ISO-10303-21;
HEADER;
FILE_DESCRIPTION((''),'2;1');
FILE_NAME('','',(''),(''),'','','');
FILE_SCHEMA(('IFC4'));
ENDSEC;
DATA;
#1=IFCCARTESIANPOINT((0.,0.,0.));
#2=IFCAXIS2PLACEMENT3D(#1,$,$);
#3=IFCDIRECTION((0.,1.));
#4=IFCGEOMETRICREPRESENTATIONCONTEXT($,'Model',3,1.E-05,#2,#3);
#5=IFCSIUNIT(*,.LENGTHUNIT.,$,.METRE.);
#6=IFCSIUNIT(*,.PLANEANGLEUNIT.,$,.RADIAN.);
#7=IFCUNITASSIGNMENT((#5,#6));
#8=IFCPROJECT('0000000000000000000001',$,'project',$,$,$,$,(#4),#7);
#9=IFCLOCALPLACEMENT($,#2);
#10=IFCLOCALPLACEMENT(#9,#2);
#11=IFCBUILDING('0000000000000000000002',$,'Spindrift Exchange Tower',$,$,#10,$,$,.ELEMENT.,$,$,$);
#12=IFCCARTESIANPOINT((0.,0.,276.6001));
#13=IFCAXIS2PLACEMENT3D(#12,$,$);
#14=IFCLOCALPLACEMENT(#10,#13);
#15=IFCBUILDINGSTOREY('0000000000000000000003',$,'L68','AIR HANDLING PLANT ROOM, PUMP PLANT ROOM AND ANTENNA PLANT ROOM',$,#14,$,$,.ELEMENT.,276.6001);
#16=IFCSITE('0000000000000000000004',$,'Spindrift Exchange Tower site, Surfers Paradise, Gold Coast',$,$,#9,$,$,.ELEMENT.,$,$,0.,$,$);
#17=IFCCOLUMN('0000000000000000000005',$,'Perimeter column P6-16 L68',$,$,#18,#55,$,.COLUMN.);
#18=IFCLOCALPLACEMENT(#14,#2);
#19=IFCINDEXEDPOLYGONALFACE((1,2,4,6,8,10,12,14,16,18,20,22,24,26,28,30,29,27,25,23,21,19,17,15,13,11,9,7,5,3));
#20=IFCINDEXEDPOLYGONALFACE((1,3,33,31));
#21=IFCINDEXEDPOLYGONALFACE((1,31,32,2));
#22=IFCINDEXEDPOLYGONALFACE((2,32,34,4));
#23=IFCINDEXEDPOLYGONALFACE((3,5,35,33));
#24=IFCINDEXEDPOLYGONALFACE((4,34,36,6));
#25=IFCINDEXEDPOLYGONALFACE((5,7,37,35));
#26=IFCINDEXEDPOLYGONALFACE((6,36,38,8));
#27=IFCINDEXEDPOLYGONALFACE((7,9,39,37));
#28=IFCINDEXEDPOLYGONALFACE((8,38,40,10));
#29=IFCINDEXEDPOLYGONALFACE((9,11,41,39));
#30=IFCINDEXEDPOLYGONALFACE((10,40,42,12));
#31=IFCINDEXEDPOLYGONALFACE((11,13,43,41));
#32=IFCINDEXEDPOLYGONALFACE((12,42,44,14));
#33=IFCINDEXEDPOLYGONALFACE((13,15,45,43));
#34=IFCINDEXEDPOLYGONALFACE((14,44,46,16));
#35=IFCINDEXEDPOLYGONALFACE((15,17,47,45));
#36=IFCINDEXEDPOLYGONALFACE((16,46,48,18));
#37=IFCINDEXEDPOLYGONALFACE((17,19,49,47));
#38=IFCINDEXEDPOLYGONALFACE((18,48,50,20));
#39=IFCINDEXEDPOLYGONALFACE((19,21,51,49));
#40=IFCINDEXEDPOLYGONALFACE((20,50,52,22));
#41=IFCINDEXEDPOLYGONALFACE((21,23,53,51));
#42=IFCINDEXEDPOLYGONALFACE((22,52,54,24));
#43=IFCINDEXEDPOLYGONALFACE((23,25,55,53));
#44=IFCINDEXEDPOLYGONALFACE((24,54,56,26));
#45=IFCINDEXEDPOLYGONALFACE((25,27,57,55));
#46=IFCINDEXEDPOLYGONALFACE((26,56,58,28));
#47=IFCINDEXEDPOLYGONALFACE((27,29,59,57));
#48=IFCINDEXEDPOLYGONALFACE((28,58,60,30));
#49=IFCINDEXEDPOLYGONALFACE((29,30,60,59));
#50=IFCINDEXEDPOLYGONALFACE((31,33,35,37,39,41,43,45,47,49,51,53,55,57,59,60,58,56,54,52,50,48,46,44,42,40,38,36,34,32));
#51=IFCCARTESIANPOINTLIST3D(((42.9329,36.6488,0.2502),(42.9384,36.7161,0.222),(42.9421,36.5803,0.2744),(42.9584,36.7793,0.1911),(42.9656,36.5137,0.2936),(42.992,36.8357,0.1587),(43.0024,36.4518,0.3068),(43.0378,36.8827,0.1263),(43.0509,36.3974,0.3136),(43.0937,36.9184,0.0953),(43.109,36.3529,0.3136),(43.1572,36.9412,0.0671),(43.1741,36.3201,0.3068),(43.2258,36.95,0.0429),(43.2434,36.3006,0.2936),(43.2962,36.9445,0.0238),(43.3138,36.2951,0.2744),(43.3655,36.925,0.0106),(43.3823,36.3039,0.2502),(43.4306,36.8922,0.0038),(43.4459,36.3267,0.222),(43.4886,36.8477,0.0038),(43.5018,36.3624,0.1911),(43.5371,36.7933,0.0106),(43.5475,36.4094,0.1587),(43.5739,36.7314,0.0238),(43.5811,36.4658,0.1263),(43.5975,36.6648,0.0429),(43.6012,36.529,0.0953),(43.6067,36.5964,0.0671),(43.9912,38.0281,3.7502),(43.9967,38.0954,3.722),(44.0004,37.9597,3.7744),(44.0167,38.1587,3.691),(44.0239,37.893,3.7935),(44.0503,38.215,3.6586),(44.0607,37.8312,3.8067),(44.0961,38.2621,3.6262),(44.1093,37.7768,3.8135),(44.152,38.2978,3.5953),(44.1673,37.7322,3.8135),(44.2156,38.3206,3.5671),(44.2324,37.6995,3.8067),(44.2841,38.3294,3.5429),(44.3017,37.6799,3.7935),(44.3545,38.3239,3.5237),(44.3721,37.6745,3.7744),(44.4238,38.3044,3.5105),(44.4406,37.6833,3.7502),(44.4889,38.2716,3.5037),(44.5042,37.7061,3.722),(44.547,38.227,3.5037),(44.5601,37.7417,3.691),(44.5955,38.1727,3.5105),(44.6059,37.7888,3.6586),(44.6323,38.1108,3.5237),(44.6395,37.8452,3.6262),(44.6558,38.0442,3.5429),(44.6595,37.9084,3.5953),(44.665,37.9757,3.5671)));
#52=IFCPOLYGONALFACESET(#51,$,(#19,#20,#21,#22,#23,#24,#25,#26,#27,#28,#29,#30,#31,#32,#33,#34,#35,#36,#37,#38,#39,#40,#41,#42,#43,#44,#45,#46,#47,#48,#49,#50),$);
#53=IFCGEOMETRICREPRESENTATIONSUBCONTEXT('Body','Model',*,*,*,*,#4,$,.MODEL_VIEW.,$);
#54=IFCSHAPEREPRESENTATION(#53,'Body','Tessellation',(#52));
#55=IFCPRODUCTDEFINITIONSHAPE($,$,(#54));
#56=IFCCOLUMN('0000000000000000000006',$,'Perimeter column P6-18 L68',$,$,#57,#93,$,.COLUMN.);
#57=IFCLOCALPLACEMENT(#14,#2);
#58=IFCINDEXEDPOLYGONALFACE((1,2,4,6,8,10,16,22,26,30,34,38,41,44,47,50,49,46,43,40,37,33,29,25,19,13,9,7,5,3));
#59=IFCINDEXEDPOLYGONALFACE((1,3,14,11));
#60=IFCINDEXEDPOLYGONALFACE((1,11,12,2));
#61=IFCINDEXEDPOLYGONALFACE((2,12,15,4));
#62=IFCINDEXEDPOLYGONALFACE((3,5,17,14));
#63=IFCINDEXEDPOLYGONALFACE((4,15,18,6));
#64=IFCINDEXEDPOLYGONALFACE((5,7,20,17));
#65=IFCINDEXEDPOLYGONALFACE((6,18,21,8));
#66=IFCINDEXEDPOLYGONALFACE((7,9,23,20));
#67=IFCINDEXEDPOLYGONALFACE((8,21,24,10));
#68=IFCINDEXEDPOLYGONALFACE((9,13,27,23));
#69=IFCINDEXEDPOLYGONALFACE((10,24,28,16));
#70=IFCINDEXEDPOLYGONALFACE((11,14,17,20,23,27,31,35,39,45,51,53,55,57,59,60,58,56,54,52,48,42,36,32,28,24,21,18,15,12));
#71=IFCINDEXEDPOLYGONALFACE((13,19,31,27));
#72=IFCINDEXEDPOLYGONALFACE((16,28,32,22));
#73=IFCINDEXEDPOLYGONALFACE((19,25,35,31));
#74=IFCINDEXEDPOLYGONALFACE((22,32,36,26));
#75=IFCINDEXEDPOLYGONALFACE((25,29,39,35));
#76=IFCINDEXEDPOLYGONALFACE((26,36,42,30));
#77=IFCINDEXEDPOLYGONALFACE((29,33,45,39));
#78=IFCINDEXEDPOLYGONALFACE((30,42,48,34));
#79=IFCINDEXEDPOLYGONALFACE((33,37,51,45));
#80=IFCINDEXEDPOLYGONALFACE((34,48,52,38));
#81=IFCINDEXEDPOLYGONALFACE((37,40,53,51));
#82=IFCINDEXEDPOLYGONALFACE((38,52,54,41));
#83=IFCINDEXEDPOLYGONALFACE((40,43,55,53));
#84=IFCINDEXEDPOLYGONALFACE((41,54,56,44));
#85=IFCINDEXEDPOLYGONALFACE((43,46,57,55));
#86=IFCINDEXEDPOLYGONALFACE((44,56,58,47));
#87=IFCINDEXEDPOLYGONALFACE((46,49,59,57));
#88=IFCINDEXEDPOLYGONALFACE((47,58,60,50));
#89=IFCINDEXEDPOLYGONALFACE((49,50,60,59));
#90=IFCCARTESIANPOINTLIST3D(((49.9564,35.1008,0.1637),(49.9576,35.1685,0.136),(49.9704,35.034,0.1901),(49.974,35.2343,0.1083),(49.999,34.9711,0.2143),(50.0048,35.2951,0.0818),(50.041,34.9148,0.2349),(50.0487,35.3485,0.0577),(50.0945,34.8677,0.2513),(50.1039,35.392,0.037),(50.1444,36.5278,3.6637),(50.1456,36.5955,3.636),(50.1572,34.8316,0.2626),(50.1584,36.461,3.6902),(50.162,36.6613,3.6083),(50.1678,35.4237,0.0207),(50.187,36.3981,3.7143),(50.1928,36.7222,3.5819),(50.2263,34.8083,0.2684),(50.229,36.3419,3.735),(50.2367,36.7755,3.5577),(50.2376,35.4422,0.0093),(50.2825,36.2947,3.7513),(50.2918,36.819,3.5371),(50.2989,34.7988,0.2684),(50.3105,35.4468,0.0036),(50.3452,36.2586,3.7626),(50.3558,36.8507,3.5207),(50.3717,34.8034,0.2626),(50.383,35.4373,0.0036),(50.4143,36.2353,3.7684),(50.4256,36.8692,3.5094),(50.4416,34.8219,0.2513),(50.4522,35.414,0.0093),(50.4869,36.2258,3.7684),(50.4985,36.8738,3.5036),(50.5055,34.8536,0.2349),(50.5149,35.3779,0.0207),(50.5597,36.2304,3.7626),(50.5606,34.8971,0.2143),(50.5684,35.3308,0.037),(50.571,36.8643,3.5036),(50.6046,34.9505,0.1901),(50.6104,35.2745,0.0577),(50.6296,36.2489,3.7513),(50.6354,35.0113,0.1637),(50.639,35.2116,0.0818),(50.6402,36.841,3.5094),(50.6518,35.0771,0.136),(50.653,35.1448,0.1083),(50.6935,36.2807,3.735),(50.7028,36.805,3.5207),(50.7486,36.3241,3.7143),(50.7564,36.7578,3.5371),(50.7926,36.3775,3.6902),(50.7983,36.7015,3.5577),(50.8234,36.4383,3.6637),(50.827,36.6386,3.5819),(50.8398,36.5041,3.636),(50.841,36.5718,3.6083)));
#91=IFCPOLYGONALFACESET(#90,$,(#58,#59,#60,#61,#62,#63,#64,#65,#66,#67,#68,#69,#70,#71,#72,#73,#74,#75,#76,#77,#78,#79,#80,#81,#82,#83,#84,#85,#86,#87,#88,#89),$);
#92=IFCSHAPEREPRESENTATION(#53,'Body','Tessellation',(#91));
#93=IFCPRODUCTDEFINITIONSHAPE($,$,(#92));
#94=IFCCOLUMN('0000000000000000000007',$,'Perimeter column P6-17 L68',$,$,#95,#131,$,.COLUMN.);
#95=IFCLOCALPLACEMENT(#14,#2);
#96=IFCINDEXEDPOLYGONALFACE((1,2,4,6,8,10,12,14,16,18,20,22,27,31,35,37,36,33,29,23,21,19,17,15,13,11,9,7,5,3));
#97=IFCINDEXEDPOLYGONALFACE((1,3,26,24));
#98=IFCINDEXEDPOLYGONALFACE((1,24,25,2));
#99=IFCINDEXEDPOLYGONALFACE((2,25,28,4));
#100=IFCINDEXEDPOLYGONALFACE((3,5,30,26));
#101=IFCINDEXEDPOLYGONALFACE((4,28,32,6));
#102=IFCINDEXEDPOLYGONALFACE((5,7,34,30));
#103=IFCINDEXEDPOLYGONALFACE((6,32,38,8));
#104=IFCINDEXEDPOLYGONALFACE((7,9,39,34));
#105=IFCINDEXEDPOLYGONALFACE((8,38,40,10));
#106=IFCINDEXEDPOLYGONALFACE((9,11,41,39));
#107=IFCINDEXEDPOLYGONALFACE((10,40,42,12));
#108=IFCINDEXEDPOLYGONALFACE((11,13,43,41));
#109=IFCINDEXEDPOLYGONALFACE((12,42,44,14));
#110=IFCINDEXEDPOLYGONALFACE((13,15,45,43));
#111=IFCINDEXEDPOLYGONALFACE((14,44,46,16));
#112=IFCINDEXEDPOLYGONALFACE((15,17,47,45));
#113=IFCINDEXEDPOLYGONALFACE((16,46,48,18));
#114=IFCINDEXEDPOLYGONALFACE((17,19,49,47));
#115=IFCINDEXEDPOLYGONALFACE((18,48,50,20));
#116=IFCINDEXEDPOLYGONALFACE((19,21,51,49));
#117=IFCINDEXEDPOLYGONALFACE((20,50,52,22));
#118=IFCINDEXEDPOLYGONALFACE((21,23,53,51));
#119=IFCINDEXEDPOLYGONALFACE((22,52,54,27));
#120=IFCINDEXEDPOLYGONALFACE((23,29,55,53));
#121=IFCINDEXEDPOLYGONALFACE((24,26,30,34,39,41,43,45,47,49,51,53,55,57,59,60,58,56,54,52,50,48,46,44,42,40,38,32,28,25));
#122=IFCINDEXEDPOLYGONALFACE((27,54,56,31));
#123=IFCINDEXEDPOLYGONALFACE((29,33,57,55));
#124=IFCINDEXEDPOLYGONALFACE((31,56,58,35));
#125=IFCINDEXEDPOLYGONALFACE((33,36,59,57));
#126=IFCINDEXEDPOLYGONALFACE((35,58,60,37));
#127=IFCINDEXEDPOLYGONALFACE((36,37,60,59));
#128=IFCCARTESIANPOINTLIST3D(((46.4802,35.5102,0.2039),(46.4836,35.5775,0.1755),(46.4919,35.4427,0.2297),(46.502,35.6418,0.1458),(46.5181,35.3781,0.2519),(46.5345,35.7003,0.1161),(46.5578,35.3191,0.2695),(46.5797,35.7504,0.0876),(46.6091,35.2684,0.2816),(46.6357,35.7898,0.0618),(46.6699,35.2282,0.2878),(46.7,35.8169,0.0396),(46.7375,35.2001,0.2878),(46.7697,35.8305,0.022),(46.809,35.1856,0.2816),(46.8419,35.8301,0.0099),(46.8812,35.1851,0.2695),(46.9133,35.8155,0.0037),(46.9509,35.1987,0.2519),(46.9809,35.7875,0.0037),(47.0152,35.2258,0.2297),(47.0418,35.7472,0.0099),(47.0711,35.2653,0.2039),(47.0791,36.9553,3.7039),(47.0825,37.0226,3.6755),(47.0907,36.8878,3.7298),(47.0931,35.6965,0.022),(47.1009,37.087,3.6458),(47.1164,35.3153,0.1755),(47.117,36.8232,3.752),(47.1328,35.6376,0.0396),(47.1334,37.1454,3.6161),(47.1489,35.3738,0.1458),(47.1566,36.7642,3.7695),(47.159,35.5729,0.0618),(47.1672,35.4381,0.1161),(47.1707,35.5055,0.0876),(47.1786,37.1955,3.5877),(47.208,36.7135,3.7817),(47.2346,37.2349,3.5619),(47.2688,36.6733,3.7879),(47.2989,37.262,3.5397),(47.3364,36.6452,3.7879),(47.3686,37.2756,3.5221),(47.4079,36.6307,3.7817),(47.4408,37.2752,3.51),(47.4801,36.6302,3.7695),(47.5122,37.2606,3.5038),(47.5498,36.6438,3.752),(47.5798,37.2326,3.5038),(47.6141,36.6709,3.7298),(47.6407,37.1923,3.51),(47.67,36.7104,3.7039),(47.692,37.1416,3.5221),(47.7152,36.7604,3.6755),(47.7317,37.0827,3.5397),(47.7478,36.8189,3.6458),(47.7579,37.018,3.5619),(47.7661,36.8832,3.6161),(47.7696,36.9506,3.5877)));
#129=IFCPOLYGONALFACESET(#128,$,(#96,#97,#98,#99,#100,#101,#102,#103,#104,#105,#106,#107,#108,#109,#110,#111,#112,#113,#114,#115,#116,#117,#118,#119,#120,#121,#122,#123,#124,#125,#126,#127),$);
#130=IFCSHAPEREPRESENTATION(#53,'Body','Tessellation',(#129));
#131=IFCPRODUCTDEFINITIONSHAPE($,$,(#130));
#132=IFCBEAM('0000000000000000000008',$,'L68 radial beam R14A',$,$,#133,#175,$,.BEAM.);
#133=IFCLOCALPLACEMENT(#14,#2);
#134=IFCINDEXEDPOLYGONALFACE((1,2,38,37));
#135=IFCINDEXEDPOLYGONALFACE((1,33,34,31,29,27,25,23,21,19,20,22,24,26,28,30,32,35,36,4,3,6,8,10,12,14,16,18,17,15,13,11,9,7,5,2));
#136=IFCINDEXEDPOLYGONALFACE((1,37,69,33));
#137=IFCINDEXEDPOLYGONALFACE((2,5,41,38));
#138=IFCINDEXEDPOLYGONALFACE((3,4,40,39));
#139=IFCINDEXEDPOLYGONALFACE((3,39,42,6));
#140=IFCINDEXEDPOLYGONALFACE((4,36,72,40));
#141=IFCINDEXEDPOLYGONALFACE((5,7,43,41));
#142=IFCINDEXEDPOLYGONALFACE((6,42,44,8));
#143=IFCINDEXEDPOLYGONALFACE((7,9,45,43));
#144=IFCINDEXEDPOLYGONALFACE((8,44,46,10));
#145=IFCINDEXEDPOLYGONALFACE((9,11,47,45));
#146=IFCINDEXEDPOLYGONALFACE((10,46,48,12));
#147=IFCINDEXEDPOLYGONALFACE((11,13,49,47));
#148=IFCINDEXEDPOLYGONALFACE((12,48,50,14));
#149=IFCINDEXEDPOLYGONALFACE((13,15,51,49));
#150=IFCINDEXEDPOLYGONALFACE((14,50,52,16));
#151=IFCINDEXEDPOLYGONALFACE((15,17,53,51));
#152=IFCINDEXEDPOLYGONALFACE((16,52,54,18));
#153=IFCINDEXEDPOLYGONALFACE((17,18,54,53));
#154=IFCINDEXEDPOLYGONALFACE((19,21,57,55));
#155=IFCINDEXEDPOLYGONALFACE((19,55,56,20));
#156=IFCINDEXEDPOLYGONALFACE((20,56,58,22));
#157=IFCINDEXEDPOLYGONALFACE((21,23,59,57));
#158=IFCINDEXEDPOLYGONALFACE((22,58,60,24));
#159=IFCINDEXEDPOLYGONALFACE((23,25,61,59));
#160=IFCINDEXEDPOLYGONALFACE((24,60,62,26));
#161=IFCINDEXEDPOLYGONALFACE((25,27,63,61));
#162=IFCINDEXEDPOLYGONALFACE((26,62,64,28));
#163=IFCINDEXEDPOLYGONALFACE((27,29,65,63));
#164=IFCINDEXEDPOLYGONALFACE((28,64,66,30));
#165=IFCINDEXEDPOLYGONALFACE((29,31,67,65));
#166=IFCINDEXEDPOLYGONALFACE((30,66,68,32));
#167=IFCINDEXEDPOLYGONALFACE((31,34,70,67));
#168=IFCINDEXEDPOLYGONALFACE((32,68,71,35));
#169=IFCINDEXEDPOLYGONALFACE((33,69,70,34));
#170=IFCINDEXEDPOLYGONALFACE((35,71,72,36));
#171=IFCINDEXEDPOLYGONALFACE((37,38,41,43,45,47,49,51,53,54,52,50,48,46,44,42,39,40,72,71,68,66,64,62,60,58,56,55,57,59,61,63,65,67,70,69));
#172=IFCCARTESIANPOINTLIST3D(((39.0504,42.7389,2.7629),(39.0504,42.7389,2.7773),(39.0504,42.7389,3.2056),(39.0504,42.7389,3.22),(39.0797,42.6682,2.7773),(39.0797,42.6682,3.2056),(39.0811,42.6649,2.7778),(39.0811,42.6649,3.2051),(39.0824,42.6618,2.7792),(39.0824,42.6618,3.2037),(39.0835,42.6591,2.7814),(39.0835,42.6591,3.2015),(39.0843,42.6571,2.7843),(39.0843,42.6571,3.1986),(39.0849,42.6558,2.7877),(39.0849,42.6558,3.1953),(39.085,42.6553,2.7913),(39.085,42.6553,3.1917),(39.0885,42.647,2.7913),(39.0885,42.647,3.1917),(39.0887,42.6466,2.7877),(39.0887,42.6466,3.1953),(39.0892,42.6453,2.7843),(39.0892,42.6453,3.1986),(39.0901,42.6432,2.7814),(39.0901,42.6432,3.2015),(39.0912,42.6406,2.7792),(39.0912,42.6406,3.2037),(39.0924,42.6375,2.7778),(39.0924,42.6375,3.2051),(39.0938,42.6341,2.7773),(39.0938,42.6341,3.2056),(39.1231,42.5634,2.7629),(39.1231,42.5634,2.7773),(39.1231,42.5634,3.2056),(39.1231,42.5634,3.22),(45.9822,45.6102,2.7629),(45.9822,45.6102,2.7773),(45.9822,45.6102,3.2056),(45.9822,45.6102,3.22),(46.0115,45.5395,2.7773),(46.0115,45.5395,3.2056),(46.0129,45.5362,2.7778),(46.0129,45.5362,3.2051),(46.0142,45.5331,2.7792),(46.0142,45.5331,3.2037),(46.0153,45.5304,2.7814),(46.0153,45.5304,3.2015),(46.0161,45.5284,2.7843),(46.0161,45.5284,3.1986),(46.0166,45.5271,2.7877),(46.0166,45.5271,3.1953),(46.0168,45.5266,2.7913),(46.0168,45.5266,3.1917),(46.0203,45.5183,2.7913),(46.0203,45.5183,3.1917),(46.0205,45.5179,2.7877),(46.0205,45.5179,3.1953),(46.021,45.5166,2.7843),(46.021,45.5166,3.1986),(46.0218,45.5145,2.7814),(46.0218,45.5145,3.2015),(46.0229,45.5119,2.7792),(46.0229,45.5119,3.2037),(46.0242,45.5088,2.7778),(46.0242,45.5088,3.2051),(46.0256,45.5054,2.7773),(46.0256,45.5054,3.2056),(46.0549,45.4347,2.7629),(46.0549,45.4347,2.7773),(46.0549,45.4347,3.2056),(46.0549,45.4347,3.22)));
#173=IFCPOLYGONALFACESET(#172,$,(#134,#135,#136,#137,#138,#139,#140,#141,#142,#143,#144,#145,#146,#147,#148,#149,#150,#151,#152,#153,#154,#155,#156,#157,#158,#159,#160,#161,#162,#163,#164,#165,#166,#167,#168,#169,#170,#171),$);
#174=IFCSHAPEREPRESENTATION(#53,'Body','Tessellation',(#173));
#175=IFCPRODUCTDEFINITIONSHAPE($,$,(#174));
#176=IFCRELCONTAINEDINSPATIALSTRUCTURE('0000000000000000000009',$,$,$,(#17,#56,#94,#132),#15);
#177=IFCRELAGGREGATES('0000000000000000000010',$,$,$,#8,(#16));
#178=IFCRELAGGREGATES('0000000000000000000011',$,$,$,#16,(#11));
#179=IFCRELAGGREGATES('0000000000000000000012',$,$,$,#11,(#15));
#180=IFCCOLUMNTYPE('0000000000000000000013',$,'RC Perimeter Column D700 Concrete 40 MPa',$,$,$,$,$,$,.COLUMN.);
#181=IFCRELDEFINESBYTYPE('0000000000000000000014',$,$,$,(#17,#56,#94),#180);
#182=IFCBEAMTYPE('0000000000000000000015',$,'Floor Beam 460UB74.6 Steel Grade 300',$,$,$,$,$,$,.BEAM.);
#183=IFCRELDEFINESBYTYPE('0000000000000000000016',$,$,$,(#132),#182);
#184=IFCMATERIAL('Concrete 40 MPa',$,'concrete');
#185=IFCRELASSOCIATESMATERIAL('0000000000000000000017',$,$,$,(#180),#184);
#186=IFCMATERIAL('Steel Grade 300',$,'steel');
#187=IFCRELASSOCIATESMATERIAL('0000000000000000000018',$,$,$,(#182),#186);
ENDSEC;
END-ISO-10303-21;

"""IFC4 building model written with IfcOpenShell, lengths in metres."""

from ifc_helpers import new_model, si_unit, direction, frame, origin, origin_2d, place, context, subcontext, project, spatial, circle, i_section, extrude, source, transform, mapped, material, material_profile, profile_set, type_object, element, save


model = new_model("IFC4")

# Units and contexts
model_context = context("Model", 3, precision=1e-05, world=origin(), true_north=direction((0.0, 1.0)))
body_context = subcontext(model_context, "Body", "Model", "MODEL_VIEW")
ifc_project = project(units=[si_unit("LENGTHUNIT", "METRE"), si_unit("PLANEANGLEUNIT", "RADIAN")], contexts=[model_context])

# Site, building, storey
site_placement = place(None, origin())
site = spatial("IfcSite", under=ifc_project, at=site_placement, Name="Spindrift Exchange Tower site, Surfers Paradise, Gold Coast", CompositionType="ELEMENT", RefElevation=0.0)
building_placement = place(site_placement, origin())
building = spatial("IfcBuilding", under=site, at=building_placement, Name="Spindrift Exchange Tower", CompositionType="ELEMENT")
storey_placement = place(building_placement, frame((0.0, 0.0, 276.6001)))
storey = spatial("IfcBuildingStorey", under=building, at=storey_placement, Name="L68", Description="AIR HANDLING PLANT ROOM, PUMP PLANT ROOM AND ANTENNA PLANT ROOM", CompositionType="ELEMENT", Elevation=276.6001)

# Columns
ifc_material_1 = material(Name="Concrete 40 MPa", Category="concrete")
ifc_material_profile_1 = material_profile(ifc_material_1, circle(Radius=0.3501, at=origin_2d()), Name="RC D700")
ifc_profile_set_1 = profile_set([ifc_material_profile_1], Name="Concrete 40 MPa")
column_type = type_object("IfcColumnType", Name="RC Perimeter Column D700 Concrete 40 MPa", PredefinedType="COLUMN", material=ifc_profile_set_1)
shared_shape_1 = source(origin(), body_context, "Body", "SweptSolid", [
    extrude(circle(Radius=0.3501, at=origin_2d()), origin(), (0.0, 0.0, 1.0), 3.908),
])
column_1_placement = place(storey_placement, frame((43.2698, 36.6226, 0.1587), z_axis=(0.270813, 0.352963, 0.895588), x_axis=(-0.79338, 0.608726, 0.0)))
element("IfcColumn", 1, at=column_1_placement, inside=storey, type_object=column_type, Name="Perimeter column P6-16 L68", PredefinedType="COLUMN", context=body_context, shape_type="MappedRepresentation", body=[
    mapped(shared_shape_1, transform((0.0, 0.0, 0.0), scale=1.0)),
])
shared_shape_2 = source(origin(), body_context, "Body", "SweptSolid", [
    extrude(circle(Radius=0.3501, at=origin_2d()), origin(), (0.0, 0.0, 1.0), 3.7844),
])
column_2_placement = place(storey_placement, frame((50.3047, 35.1228, 0.136), z_axis=(0.049675, 0.377075, 0.92485), x_axis=(-0.991434, 0.130608, 0.0)))
element("IfcColumn", 2, at=column_2_placement, inside=storey, type_object=column_type, Name="Perimeter column P6-18 L68", PredefinedType="COLUMN", context=body_context, shape_type="MappedRepresentation", body=[
    mapped(shared_shape_2, transform((0.0, 0.0, 0.0), scale=1.0)),
])
shared_shape_3 = source(origin(), body_context, "Body", "SweptSolid", [
    extrude(circle(Radius=0.3501, at=origin_2d()), origin(), (0.0, 0.0, 1.0), 3.8337),
])
column_3_placement = place(storey_placement, frame((46.8254, 35.5078, 0.1458), z_axis=(0.156216, 0.376943, 0.912968), x_axis=(-0.923809, 0.382853, 0.0)))
element("IfcColumn", 3, at=column_3_placement, inside=storey, type_object=column_type, Name="Perimeter column P6-17 L68", PredefinedType="COLUMN", context=body_context, shape_type="MappedRepresentation", body=[
    mapped(shared_shape_3, transform((0.0, 0.0, 0.0), scale=1.0)),
])

# Beam
ifc_material_2 = material(Name="Steel Grade 300", Category="steel")
ifc_material_profile_2 = material_profile(ifc_material_2, i_section(OverallWidth=0.1899, OverallDepth=0.457, WebThickness=0.009, FlangeThickness=0.0144, FilletRadius=0.0139, at=origin_2d()), Name="460UB74.6")
ifc_profile_set_2 = profile_set([ifc_material_profile_2], Name="Steel Grade 300")
beam_type_1 = type_object("IfcBeamType", Name="Floor Beam 460UB74.6 Steel Grade 300", PredefinedType="BEAM", material=ifc_profile_set_2)
shared_shape_4 = source(origin(), body_context, "Body", "SweptSolid", [
    extrude(i_section(OverallWidth=0.1899, OverallDepth=0.457, WebThickness=0.009, FlangeThickness=0.0144, FilletRadius=0.0139, at=origin_2d()), origin(), (0.0, 0.0, 1.0), 7.5029),
])
beam_1_placement = place(storey_placement, frame((46.0186, 45.5225, 2.9915), z_axis=(-0.923877, -0.38269, 0.0), x_axis=(0.38269, -0.923877, 0.0)))
element("IfcBeam", 4, at=beam_1_placement, inside=storey, type_object=beam_type_1, Name="L68 radial beam R14A", PredefinedType="BEAM", context=body_context, shape_type="MappedRepresentation", body=[
    mapped(shared_shape_4, transform((0.0, 0.0, 0.0), scale=1.0)),
])

save(model, "model.ifc")
